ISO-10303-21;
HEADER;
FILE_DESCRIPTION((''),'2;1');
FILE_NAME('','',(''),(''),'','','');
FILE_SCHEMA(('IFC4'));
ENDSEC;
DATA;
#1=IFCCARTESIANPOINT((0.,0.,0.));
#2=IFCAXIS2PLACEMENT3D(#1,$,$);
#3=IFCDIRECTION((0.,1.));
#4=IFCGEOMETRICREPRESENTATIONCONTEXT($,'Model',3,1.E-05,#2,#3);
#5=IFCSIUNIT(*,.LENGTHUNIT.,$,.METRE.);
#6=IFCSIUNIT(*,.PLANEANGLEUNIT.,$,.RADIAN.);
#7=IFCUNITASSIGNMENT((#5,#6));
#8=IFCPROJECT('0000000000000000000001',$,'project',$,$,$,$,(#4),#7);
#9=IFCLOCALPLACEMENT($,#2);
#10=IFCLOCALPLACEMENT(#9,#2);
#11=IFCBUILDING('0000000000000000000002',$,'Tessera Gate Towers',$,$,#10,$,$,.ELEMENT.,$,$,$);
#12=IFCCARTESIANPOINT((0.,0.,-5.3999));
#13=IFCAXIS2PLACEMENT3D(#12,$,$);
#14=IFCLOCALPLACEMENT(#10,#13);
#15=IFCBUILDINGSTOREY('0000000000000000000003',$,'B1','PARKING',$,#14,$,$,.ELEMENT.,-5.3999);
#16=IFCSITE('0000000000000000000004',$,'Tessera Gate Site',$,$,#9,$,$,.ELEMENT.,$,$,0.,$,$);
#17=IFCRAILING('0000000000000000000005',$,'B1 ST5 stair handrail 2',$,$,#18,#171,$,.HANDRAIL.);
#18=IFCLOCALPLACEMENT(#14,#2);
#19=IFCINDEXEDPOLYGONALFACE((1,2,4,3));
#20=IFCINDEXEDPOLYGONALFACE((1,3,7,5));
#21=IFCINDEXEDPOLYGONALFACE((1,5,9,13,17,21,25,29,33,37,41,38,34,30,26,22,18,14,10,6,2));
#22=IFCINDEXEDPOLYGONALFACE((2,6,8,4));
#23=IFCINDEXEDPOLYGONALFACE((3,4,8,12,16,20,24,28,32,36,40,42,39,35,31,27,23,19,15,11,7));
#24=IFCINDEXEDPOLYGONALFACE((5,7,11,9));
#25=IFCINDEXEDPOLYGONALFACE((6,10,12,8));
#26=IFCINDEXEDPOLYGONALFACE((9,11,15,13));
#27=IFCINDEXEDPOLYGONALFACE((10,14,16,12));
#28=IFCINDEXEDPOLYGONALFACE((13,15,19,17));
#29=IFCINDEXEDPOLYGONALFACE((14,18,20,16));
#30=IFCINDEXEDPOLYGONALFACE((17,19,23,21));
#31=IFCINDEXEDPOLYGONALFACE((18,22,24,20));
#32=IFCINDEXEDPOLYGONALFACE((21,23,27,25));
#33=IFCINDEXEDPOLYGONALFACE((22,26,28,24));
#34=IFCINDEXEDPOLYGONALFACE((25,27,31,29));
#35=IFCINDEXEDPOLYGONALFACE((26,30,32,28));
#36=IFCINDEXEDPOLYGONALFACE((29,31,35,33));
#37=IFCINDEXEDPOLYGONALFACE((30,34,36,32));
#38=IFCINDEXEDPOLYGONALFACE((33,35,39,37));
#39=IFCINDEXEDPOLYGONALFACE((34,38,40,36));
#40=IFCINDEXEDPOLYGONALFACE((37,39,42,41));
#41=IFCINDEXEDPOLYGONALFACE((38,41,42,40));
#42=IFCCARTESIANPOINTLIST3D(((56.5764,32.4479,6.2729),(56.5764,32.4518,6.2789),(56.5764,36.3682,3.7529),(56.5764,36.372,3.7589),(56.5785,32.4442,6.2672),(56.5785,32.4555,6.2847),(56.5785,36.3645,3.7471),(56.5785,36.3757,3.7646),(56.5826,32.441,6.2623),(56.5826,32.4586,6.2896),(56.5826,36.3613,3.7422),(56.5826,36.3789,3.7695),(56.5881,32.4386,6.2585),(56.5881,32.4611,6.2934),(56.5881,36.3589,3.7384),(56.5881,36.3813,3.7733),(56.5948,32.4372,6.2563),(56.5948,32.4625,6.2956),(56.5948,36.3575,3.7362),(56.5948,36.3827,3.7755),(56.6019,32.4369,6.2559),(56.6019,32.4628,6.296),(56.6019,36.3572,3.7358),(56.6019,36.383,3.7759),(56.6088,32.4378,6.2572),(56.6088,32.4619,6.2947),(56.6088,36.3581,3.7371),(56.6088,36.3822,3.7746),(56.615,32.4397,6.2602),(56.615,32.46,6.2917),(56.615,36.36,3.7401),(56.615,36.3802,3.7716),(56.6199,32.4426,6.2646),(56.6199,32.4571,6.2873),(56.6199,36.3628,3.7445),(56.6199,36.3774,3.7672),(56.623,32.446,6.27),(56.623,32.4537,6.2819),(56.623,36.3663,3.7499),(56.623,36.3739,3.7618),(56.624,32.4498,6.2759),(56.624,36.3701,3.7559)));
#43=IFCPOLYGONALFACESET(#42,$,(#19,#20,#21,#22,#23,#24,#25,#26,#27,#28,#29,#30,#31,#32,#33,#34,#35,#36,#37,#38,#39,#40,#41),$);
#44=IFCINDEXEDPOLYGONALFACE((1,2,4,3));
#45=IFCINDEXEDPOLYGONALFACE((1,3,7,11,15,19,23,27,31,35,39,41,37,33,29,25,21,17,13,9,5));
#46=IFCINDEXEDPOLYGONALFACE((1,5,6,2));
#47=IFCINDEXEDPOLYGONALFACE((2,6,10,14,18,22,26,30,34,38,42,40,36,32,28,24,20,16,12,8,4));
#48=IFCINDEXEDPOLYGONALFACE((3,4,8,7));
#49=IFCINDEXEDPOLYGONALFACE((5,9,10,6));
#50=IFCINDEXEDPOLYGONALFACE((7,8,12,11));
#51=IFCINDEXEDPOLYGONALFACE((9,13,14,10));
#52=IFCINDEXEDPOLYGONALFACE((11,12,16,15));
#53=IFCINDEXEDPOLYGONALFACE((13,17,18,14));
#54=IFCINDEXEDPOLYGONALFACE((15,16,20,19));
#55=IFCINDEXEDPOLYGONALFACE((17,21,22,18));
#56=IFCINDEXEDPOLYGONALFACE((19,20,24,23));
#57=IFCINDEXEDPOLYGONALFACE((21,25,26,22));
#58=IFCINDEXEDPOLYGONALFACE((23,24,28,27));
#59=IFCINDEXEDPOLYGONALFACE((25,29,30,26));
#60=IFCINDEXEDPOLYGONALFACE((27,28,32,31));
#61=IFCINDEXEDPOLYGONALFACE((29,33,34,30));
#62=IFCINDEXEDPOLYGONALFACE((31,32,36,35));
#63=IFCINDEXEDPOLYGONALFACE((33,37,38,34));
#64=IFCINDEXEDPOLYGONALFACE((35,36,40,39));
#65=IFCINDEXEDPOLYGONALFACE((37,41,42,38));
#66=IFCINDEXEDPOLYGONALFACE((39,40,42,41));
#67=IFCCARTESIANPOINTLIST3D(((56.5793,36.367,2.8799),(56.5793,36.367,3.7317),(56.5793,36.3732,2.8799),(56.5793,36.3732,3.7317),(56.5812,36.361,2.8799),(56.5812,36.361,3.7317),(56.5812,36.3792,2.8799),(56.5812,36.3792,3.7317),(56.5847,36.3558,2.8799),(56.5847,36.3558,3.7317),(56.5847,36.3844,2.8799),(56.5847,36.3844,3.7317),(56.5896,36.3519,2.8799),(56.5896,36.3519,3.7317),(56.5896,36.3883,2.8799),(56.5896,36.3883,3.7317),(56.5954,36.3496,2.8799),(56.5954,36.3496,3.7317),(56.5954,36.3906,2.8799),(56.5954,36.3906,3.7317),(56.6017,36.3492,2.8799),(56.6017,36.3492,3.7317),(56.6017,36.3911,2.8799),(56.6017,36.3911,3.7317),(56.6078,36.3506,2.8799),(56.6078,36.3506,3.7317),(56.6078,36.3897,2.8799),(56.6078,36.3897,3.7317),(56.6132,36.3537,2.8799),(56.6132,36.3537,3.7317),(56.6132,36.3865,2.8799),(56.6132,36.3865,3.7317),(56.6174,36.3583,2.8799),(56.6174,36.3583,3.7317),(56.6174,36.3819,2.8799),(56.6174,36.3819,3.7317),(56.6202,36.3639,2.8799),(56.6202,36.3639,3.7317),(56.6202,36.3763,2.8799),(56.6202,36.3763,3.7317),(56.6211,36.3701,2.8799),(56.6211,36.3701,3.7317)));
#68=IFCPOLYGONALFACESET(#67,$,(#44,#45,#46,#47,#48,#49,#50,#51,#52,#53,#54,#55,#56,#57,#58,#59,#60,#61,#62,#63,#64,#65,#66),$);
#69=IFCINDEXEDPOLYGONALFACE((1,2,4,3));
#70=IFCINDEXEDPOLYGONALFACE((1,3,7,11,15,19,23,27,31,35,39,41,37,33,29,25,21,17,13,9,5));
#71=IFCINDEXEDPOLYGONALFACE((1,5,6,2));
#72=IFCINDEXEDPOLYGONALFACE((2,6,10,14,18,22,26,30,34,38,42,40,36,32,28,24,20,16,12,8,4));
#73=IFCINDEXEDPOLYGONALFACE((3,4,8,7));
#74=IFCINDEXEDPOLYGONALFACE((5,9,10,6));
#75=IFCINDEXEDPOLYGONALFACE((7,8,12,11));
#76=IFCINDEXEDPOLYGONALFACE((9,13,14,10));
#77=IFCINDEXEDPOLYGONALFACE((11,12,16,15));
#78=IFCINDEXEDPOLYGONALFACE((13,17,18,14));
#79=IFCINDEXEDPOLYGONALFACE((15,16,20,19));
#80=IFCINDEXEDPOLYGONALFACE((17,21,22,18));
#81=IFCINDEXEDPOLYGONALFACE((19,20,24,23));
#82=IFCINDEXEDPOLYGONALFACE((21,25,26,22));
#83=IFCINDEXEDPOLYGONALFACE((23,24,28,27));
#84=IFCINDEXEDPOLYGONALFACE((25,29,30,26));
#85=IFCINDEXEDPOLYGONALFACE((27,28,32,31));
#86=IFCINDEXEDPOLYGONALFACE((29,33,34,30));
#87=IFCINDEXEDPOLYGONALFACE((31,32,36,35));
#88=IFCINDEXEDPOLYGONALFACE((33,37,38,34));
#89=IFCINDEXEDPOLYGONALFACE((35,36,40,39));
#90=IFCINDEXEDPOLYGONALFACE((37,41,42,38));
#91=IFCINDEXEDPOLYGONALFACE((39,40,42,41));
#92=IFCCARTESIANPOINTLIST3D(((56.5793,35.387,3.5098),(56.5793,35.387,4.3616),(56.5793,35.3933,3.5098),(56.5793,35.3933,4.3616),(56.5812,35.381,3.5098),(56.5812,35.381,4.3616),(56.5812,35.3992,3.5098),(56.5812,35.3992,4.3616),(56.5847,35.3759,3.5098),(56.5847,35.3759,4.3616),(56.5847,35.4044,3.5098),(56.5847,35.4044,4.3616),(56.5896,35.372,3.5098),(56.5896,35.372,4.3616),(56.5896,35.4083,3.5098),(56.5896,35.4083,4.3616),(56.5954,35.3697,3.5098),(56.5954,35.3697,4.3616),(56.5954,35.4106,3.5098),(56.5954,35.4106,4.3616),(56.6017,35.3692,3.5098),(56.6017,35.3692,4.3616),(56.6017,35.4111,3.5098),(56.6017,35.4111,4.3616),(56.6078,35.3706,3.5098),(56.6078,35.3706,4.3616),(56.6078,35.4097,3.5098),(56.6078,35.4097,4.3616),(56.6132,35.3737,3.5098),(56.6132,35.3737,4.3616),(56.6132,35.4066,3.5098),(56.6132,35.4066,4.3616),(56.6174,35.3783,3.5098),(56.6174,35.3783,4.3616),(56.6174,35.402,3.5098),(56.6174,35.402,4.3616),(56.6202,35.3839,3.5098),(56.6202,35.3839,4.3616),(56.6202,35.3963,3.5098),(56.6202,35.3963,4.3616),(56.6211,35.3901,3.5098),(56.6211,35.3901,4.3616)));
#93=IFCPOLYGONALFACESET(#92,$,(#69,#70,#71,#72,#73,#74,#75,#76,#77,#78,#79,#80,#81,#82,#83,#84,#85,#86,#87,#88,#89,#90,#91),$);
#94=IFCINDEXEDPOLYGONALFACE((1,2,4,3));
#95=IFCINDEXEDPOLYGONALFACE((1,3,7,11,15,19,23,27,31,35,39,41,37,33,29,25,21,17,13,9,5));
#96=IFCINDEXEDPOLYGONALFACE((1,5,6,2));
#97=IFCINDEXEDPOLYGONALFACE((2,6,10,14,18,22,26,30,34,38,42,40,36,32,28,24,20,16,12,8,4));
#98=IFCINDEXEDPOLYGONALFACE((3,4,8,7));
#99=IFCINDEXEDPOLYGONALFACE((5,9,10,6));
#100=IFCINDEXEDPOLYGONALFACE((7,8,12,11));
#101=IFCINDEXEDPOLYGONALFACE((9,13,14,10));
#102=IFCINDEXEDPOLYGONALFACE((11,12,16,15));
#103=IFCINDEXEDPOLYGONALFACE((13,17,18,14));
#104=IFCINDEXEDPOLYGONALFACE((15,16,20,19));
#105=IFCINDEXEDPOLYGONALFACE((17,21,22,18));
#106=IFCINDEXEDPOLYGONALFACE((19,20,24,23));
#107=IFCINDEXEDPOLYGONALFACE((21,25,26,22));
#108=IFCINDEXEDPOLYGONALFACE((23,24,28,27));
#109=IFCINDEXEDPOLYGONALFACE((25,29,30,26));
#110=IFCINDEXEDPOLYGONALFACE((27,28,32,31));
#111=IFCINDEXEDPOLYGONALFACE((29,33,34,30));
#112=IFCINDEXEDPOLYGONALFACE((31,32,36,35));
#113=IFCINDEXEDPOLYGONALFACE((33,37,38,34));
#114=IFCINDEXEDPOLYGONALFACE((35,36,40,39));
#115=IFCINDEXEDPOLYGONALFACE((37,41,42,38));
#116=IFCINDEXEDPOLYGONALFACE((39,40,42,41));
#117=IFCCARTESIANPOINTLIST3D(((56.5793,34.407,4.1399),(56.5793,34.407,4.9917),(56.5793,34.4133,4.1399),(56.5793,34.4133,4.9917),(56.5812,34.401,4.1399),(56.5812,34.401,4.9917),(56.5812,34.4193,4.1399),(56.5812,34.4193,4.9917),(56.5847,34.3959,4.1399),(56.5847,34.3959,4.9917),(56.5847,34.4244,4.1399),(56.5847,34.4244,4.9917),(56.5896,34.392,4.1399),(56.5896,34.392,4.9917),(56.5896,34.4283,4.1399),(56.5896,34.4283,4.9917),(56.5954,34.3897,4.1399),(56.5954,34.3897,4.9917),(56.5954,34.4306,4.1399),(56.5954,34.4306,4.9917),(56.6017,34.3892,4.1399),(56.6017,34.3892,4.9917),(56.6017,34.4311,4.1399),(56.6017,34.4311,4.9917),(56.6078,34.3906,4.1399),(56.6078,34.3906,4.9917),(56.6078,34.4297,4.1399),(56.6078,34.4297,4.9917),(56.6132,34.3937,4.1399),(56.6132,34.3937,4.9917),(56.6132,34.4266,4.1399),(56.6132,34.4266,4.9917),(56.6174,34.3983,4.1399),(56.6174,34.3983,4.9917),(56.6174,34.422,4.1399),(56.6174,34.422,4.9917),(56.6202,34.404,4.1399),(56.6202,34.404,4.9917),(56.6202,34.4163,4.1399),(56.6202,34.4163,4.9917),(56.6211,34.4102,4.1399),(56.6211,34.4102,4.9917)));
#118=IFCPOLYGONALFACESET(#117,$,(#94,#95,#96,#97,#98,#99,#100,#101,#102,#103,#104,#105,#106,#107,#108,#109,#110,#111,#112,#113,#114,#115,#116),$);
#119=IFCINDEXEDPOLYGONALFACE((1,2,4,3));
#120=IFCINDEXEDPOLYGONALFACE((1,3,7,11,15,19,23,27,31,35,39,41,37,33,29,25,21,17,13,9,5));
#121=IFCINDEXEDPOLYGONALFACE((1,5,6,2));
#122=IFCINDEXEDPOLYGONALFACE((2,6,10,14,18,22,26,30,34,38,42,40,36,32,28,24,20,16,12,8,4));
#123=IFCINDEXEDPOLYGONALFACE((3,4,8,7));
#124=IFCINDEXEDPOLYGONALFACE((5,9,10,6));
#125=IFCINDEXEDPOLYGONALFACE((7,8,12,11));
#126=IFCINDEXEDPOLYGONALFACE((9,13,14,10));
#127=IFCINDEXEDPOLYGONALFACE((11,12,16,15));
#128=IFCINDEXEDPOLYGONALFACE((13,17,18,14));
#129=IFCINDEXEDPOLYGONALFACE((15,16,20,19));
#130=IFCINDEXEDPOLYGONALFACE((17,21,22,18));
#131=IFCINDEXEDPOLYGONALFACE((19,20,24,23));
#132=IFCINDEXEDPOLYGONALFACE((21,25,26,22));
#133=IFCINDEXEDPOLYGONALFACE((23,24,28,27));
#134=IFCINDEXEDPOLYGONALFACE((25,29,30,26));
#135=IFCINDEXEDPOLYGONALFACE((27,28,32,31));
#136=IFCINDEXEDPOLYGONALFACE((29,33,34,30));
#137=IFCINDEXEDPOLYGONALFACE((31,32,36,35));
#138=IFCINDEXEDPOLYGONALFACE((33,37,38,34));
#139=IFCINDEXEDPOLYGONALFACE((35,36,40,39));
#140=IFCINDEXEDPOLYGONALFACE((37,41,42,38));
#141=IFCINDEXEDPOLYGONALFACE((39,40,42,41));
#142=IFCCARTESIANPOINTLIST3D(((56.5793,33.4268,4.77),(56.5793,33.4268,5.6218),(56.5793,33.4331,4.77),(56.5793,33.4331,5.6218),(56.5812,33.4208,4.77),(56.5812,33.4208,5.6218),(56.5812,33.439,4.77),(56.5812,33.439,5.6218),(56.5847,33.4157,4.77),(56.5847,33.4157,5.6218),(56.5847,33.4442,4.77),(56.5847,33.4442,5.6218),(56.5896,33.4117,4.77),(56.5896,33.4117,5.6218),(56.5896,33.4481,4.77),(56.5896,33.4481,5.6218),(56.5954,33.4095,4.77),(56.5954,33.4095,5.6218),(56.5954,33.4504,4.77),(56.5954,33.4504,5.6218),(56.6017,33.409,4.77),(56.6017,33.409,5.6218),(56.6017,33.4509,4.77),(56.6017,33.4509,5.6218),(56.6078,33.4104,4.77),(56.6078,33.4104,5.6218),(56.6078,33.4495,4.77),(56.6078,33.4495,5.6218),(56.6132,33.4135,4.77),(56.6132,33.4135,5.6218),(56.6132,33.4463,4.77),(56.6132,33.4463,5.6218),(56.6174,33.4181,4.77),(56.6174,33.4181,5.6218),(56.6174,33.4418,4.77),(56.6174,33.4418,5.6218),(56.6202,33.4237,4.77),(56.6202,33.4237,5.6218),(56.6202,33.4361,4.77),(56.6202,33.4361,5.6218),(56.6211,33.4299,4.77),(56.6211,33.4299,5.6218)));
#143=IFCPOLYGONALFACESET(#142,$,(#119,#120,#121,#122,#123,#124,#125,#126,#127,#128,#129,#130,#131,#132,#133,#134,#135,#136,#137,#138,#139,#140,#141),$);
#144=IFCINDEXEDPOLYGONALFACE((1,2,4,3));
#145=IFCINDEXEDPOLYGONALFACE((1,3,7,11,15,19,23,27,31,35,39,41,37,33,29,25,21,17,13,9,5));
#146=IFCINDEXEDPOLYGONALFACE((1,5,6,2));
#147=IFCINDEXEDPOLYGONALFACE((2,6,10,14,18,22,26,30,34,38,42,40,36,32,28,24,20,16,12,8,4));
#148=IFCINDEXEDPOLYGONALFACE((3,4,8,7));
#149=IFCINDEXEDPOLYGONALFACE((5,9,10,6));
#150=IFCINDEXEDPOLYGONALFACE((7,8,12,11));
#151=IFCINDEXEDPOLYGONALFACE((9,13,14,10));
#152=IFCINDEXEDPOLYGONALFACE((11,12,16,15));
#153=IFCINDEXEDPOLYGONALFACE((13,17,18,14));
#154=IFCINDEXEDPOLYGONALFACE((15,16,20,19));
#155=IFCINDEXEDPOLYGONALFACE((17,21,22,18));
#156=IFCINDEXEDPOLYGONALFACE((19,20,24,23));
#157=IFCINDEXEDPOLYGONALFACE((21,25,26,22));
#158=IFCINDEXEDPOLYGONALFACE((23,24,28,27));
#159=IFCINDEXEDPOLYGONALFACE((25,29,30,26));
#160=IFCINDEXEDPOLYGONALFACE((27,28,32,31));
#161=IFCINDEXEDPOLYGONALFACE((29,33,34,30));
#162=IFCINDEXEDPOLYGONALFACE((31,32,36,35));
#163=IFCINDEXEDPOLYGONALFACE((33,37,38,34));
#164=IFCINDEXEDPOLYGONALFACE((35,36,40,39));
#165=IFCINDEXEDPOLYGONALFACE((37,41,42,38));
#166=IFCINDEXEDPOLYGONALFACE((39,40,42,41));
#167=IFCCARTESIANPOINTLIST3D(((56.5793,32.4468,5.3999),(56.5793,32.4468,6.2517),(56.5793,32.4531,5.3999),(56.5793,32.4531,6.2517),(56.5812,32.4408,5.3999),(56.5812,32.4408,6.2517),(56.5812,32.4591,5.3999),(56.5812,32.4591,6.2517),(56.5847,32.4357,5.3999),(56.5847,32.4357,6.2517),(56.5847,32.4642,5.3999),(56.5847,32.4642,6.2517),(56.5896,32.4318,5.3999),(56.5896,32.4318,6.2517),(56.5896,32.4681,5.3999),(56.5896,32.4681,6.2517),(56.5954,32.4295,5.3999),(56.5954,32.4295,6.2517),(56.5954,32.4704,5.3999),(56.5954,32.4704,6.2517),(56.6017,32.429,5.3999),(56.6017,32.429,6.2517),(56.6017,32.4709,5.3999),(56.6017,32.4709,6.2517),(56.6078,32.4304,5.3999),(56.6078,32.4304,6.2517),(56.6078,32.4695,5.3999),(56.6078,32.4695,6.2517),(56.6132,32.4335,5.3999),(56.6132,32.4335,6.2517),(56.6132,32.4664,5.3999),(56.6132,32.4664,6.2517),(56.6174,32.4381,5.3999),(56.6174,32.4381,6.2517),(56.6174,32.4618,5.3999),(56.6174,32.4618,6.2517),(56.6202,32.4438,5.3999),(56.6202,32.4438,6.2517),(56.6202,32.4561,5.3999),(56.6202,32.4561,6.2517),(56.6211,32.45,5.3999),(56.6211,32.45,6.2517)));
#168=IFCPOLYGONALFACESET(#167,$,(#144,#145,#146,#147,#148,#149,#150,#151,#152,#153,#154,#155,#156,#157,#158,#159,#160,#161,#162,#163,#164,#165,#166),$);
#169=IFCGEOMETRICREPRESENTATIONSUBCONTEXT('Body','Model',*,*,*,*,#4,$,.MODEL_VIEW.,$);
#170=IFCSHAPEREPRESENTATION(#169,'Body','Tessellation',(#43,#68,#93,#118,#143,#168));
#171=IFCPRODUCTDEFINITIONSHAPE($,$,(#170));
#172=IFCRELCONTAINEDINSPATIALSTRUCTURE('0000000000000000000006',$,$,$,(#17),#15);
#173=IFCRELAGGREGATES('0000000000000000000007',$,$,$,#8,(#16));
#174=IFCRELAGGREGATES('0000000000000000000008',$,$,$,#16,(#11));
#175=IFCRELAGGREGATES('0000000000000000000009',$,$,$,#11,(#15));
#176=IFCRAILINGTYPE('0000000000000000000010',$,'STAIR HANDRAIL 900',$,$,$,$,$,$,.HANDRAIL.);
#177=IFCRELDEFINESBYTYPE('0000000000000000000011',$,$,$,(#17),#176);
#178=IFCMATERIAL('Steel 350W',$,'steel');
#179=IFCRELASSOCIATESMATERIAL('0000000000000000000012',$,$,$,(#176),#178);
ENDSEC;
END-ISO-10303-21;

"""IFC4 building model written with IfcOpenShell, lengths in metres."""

from ifc_helpers import new_model, si_unit, direction, frame, origin, origin_2d, place, context, subcontext, project, spatial, circle, extrude, material, type_object, element, save


model = new_model("IFC4")

# Units and contexts
model_context = context("Model", 3, precision=1e-05, world=origin(), true_north=direction((0.0, 1.0)))
body_context = subcontext(model_context, "Body", "Model", "MODEL_VIEW")
ifc_project = project(units=[si_unit("LENGTHUNIT", "METRE"), si_unit("PLANEANGLEUNIT", "RADIAN")], contexts=[model_context])

# Site, building, storey
site_placement = place(None, origin())
site = spatial("IfcSite", under=ifc_project, at=site_placement, Name="Tessera Gate Site", CompositionType="ELEMENT", RefElevation=0.0)
building_placement = place(site_placement, origin())
building = spatial("IfcBuilding", under=site, at=building_placement, Name="Tessera Gate Towers", CompositionType="ELEMENT")
storey_placement = place(building_placement, frame((0.0, 0.0, -5.3999)))
storey = spatial("IfcBuildingStorey", under=building, at=storey_placement, Name="B1", Description="PARKING", CompositionType="ELEMENT", Elevation=-5.3999)

# Railing
ifc_material_1 = material(Name="Steel 350W", Category="steel")
railing_type_1 = type_object("IfcRailingType", Name="STAIR HANDRAIL 900", PredefinedType="HANDRAIL", material=ifc_material_1)
railing_1_placement = place(storey_placement, frame((56.6001, 36.3701, 2.8799)))
element("IfcRailing", 1, at=railing_1_placement, inside=storey, type_object=railing_type_1, Name="B1 ST5 stair handrail 2", PredefinedType="HANDRAIL", context=body_context, shape_type="SweptSolid", body=[
    extrude(circle(Radius=0.0239, at=origin_2d()), frame((0.0, 0.0, 0.876), z_axis=(0.0, -0.841187, 0.540744), x_axis=(1.0, 0.0, 0.0)), (0.0, 0.0, 1.0), 4.6604),
    extrude(circle(Radius=0.021, at=origin_2d()), origin(), (0.0, 0.0, 1.0), 0.8518),
    extrude(circle(Radius=0.021, at=origin_2d()), frame((0.0, -0.98, 0.6299)), (0.0, 0.0, 1.0), 0.8518),
    extrude(circle(Radius=0.021, at=origin_2d()), frame((0.0, -1.96, 1.26)), (0.0, 0.0, 1.0), 0.8518),
    extrude(circle(Radius=0.021, at=origin_2d()), frame((0.0, -2.9402, 1.8901)), (0.0, 0.0, 1.0), 0.8518),
    extrude(circle(Radius=0.021, at=origin_2d()), frame((0.0, -3.9202, 2.52)), (0.0, 0.0, 1.0), 0.8518),
])

save(model, "model.ifc")
